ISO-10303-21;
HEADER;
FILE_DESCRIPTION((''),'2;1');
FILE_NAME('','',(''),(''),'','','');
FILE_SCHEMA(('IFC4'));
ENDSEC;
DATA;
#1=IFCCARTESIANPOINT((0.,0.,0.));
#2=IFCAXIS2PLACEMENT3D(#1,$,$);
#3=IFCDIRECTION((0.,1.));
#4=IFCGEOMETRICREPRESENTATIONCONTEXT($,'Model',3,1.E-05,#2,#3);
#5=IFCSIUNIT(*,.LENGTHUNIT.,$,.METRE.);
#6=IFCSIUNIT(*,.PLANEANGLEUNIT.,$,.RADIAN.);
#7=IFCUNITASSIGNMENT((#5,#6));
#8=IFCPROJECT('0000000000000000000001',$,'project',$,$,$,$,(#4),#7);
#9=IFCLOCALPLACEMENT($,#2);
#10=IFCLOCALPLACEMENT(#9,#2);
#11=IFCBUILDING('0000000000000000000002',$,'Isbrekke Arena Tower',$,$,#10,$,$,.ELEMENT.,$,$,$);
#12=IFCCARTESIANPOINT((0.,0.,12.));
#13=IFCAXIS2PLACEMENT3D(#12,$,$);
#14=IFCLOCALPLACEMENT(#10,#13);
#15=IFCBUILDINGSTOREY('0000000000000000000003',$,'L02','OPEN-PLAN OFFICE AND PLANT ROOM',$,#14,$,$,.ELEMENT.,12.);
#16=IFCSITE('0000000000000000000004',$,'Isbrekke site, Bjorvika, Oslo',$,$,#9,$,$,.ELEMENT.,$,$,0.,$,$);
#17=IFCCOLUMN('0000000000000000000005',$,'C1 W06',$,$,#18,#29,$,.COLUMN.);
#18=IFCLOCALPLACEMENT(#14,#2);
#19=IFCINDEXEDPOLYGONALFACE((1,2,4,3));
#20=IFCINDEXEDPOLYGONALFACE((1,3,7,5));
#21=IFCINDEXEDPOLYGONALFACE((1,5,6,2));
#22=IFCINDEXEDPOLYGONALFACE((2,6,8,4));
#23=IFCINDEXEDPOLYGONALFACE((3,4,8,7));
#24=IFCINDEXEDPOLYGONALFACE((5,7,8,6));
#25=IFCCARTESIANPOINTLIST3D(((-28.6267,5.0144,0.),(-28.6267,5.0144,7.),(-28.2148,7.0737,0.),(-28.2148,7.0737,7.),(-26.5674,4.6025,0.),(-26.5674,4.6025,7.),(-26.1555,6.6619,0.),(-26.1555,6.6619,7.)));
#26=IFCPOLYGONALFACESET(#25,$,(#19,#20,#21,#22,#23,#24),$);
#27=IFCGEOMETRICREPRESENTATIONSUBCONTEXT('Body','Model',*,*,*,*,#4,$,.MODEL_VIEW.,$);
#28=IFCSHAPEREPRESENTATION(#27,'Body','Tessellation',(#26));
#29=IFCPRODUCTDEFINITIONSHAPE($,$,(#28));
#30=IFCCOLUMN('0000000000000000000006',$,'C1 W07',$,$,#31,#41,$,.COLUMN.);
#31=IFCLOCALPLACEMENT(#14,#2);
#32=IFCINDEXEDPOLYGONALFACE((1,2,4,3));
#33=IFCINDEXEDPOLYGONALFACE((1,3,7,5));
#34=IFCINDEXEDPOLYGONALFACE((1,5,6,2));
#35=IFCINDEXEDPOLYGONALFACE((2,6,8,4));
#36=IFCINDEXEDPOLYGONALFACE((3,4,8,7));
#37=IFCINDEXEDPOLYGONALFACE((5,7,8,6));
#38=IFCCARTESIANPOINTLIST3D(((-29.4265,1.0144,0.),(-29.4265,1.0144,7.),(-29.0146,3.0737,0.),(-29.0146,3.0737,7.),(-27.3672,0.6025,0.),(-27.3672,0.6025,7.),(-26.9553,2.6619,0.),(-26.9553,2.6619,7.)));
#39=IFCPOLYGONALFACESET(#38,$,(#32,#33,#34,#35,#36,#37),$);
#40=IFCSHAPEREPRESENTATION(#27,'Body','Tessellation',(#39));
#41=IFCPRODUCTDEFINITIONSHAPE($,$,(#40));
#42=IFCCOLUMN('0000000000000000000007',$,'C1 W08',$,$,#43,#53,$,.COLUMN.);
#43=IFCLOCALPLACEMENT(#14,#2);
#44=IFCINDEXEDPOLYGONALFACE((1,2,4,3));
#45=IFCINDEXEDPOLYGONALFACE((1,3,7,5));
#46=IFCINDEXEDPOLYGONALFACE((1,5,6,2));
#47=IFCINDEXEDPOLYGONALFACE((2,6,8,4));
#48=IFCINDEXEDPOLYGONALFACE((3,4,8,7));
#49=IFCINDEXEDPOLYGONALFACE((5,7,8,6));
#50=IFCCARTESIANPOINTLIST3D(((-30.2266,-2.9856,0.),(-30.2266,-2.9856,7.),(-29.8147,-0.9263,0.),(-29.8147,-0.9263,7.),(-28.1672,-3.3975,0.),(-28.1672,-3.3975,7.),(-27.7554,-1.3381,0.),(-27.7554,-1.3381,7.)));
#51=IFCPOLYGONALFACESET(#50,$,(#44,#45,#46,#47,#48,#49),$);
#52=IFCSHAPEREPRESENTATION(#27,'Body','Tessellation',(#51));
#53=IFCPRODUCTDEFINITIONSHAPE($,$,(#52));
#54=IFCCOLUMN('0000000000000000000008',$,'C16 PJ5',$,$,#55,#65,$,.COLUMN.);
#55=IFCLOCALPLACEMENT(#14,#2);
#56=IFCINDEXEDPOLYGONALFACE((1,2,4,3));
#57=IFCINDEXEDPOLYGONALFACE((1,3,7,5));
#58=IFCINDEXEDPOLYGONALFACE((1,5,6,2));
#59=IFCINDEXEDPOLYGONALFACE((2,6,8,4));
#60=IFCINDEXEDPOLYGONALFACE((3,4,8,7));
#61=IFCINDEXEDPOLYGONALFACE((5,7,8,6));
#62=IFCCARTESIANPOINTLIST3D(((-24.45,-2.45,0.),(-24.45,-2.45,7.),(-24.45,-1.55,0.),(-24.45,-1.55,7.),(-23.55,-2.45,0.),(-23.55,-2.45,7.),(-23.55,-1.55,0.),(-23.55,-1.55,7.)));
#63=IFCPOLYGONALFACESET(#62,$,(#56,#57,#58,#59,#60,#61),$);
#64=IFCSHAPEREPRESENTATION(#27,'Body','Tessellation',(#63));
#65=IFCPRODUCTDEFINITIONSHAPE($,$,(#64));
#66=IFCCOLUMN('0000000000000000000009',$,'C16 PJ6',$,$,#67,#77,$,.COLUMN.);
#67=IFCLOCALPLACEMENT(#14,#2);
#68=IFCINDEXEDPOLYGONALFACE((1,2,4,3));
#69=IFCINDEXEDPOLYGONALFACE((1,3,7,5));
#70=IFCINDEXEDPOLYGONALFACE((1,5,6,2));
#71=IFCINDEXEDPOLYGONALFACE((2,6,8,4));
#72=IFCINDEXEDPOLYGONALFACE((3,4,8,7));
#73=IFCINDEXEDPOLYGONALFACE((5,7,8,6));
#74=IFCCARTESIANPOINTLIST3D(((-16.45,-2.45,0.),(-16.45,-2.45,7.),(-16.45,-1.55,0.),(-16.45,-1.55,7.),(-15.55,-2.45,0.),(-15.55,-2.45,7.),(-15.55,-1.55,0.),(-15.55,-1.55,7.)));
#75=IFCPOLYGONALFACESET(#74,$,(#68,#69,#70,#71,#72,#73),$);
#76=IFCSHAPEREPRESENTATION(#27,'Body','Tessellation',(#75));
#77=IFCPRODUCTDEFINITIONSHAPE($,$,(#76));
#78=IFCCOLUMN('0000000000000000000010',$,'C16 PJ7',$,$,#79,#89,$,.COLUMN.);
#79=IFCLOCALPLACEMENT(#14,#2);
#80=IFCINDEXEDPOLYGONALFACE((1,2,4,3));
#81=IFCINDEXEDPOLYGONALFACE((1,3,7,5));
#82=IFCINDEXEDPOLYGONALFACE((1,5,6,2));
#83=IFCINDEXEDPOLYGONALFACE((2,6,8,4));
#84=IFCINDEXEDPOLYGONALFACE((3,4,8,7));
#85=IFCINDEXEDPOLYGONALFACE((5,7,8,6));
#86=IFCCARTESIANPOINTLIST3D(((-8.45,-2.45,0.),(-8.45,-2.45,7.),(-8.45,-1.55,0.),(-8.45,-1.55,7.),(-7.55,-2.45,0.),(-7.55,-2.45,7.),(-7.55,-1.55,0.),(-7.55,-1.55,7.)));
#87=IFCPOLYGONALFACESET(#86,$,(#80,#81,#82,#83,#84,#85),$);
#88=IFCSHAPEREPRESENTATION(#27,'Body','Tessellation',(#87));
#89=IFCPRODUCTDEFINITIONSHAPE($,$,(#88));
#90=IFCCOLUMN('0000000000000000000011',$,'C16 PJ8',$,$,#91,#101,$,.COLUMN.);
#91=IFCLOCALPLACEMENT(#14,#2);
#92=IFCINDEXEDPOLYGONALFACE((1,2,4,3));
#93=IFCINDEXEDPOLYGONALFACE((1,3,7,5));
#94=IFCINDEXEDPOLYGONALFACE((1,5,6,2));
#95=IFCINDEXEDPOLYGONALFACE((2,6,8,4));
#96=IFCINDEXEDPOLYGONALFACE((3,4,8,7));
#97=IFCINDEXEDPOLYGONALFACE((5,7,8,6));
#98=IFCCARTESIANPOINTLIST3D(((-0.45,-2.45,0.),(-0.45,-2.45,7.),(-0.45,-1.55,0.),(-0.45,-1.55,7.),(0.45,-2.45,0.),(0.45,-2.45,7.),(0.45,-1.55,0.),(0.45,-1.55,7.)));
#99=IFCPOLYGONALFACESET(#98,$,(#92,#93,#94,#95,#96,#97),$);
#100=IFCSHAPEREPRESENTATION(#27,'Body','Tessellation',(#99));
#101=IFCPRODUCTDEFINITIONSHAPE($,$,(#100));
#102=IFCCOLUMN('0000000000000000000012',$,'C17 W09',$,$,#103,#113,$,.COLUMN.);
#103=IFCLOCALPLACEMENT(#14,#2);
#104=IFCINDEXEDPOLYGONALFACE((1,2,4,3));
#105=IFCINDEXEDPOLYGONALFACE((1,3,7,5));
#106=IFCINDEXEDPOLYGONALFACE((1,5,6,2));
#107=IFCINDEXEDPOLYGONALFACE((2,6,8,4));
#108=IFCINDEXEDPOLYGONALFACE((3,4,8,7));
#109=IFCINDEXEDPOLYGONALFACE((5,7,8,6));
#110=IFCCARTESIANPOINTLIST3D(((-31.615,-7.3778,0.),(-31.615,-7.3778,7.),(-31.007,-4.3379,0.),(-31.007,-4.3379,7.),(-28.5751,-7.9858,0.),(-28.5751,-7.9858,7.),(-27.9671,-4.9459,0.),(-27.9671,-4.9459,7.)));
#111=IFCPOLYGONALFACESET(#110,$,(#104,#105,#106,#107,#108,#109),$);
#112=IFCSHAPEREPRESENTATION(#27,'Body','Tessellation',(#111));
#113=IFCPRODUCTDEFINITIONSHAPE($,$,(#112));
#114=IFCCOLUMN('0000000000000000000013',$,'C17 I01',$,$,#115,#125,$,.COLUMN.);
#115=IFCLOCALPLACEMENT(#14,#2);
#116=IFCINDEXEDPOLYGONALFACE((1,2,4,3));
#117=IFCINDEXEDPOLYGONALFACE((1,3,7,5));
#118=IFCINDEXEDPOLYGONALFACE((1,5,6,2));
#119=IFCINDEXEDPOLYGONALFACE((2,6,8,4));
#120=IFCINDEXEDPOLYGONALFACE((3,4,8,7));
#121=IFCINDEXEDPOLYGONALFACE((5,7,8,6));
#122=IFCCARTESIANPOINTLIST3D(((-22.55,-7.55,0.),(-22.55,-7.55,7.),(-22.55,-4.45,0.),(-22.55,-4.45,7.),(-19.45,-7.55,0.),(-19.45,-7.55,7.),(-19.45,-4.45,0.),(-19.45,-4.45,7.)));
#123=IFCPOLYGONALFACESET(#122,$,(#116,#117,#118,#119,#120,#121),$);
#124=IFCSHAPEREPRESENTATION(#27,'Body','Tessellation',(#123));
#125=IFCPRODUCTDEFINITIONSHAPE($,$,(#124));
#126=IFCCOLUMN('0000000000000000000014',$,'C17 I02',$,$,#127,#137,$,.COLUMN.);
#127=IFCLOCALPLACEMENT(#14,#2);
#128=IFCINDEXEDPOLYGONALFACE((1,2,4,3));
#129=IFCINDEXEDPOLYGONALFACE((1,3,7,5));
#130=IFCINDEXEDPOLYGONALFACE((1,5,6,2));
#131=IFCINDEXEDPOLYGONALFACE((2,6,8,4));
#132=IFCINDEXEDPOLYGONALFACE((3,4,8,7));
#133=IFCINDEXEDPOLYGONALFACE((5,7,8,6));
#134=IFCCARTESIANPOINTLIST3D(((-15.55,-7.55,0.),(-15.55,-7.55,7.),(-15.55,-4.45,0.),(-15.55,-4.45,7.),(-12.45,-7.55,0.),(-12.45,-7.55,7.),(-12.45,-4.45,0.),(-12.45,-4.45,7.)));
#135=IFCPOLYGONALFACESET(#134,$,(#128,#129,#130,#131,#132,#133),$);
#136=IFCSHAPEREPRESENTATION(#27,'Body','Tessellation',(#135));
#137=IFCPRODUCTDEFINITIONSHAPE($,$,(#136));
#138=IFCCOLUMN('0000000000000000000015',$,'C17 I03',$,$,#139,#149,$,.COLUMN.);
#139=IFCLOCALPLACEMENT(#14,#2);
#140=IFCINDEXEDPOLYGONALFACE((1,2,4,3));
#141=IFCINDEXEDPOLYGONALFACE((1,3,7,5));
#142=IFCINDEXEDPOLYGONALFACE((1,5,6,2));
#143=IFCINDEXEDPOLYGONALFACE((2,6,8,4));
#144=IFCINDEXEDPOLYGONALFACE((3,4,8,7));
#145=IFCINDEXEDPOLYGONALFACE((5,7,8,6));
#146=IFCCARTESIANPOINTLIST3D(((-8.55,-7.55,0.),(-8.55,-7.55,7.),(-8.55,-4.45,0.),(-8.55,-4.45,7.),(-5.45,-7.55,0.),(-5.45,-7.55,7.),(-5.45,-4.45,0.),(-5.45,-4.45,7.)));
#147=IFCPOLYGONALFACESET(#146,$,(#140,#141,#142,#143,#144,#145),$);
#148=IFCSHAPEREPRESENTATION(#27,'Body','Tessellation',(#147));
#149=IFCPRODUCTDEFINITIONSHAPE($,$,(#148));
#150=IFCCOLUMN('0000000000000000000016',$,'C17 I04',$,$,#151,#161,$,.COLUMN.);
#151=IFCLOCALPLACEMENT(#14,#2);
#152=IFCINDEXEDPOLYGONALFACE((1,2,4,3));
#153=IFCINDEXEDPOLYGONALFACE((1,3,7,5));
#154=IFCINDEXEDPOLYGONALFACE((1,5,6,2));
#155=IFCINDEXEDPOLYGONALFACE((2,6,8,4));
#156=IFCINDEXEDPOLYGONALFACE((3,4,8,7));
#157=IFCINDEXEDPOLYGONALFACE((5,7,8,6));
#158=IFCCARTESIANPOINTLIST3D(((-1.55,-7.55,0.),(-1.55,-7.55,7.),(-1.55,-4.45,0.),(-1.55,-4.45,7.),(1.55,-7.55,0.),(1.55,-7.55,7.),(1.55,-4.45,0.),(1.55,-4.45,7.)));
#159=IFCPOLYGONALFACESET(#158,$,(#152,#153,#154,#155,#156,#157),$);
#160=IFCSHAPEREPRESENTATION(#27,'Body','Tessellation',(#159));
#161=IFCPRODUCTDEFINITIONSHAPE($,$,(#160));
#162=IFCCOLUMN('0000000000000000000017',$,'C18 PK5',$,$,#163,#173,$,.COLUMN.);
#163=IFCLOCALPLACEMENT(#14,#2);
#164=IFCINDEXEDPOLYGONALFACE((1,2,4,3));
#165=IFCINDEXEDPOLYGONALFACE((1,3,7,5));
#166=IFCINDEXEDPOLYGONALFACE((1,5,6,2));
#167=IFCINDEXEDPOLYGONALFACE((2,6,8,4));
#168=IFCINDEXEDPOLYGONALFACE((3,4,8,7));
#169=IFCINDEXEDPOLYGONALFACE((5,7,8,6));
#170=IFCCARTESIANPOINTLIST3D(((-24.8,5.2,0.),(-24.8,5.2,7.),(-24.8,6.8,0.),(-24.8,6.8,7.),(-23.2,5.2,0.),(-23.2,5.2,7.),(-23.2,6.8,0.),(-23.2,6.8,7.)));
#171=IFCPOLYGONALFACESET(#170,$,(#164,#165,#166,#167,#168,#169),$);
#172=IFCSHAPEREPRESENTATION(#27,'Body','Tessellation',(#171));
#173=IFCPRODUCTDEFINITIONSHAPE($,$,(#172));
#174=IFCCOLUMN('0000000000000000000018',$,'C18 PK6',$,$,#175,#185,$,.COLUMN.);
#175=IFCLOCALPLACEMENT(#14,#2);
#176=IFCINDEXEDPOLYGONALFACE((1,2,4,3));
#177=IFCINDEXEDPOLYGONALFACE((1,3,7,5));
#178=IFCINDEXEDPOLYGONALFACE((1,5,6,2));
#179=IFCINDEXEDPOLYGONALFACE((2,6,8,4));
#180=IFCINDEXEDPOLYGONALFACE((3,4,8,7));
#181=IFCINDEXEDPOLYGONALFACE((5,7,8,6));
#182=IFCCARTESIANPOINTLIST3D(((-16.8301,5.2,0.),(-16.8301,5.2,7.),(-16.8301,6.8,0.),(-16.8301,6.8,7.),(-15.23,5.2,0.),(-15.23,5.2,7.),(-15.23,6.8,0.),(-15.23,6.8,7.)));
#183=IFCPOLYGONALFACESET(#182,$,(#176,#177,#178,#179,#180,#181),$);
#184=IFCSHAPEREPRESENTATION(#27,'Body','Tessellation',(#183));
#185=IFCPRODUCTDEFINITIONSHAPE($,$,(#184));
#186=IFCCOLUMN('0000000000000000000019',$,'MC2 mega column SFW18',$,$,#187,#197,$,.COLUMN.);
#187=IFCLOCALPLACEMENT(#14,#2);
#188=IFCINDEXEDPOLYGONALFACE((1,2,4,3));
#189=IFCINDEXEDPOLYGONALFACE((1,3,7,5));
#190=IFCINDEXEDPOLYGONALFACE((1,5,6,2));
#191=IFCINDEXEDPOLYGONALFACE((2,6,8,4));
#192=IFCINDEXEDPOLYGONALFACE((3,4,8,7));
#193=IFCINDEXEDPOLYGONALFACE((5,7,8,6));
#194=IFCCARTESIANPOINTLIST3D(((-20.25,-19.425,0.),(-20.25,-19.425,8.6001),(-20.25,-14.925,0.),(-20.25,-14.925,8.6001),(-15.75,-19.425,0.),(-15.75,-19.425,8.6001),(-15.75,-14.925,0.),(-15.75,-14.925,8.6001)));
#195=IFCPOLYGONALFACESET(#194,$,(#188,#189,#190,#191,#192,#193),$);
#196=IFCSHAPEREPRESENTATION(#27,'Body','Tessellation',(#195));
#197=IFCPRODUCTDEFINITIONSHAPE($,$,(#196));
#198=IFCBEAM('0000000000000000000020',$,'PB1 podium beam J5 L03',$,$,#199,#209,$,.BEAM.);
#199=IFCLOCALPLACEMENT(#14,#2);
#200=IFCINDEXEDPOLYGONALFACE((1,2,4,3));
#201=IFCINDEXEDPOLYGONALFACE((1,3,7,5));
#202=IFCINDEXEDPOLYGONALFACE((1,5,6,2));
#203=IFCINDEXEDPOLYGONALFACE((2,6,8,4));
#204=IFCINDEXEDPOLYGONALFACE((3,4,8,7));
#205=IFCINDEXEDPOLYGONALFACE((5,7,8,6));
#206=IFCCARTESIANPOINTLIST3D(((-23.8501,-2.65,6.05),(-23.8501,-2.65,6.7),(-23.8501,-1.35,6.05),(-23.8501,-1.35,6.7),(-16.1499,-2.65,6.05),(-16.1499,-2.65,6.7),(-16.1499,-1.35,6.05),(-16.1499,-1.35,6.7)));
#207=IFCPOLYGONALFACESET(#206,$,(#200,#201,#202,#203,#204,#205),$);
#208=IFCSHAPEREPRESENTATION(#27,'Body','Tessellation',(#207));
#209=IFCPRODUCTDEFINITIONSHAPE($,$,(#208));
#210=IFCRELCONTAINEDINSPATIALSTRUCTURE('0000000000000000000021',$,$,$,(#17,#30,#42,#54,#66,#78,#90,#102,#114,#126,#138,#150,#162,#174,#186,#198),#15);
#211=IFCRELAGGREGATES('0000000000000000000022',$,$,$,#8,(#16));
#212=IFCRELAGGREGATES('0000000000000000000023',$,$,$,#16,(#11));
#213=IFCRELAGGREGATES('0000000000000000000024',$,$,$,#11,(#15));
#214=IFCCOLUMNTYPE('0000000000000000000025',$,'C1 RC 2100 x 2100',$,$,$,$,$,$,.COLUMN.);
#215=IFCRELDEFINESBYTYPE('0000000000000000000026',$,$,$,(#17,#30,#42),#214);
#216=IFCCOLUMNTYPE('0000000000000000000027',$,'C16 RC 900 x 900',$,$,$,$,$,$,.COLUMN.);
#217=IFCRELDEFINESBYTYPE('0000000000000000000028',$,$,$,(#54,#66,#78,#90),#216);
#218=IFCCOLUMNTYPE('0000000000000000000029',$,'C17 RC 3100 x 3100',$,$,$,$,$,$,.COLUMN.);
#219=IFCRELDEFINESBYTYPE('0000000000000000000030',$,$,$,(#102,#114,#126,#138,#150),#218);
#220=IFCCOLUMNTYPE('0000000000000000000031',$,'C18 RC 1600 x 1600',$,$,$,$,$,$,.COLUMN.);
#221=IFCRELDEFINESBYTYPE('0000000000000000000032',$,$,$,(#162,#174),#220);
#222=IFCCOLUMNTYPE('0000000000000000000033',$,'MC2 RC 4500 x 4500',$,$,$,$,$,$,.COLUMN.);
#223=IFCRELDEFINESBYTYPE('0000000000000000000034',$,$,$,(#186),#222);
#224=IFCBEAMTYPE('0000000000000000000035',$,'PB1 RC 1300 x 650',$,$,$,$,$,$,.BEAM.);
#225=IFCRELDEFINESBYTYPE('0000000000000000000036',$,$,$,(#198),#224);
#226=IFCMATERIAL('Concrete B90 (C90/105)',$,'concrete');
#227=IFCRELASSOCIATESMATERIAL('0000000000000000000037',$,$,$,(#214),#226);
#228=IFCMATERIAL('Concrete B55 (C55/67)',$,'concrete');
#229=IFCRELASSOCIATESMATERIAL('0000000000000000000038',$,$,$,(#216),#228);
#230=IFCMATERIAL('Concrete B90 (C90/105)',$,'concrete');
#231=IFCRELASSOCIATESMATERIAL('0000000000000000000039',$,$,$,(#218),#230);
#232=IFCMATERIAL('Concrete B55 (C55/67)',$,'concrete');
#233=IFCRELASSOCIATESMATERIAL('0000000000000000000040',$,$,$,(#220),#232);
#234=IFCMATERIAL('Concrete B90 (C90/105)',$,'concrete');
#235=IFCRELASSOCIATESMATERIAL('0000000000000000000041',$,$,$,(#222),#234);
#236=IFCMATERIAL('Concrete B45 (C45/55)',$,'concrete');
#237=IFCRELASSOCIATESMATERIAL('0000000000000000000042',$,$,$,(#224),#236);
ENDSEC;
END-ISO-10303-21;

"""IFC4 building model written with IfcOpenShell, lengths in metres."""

from ifc_helpers import new_model, si_unit, direction, frame, origin, origin_2d, place, context, subcontext, project, spatial, rectangle, extrude, material, material_profile, profile_set, type_object, element, save


model = new_model("IFC4")

# Units and contexts
model_context = context("Model", 3, precision=1e-05, world=origin(), true_north=direction((0.0, 1.0)))
body_context = subcontext(model_context, "Body", "Model", "MODEL_VIEW")
ifc_project = project(units=[si_unit("LENGTHUNIT", "METRE"), si_unit("PLANEANGLEUNIT", "RADIAN")], contexts=[model_context])

# Site, building, storey
site_placement = place(None, origin())
site = spatial("IfcSite", under=ifc_project, at=site_placement, Name="Isbrekke site, Bjorvika, Oslo", CompositionType="ELEMENT", RefElevation=0.0)
building_placement = place(site_placement, origin())
building = spatial("IfcBuilding", under=site, at=building_placement, Name="Isbrekke Arena Tower", CompositionType="ELEMENT")
storey_placement = place(building_placement, frame((0.0, 0.0, 12.0)))
storey = spatial("IfcBuildingStorey", under=building, at=storey_placement, Name="L02", Description="OPEN-PLAN OFFICE AND PLANT ROOM", CompositionType="ELEMENT", Elevation=12.0)

# Columns
ifc_material_1 = material(Name="Concrete B90 (C90/105)", Category="concrete")
ifc_material_profile_1 = material_profile(ifc_material_1, rectangle(XDim=2.1001, YDim=2.1001, at=origin_2d()), Name="RC 2100x2100")
ifc_profile_set_1 = profile_set([ifc_material_profile_1], Name="Concrete B90 (C90/105)")
column_type_1 = type_object("IfcColumnType", Name="C1 RC 2100 x 2100", PredefinedType="COLUMN", material=ifc_profile_set_1)
for number, where, z_axis, x_axis, name in (
    (1, (-27.3911, 5.8381, 0.0), (0.0, 0.0, 1.0), (-0.196116, -0.980581, 0.0), "C1 W06"),
    (2, (-28.1909, 1.8381, 0.0), (0.0, 0.0, 1.0), (-0.196116, -0.980581, 0.0), "C1 W07"),
    (3, (-28.991, -2.1619, 0.0), (0.0, 0.0, 1.0), (-0.196116, -0.980581, 0.0), "C1 W08"),
):
    element("IfcColumn", number, at=place(storey_placement, frame(where, z_axis=z_axis, x_axis=x_axis)), inside=storey, type_object=column_type_1, Name=name, PredefinedType="COLUMN", context=body_context, shape_type="SweptSolid", body=[
        extrude(rectangle(XDim=2.1001, YDim=2.1001, at=origin_2d()), origin(), (0.0, 0.0, 1.0), 7.0),
    ])
ifc_material_2 = material(Name="Concrete B55 (C55/67)", Category="concrete")
ifc_material_profile_2 = material_profile(ifc_material_2, rectangle(XDim=0.8999, YDim=0.8999, at=origin_2d()), Name="RC 900x900")
ifc_profile_set_2 = profile_set([ifc_material_profile_2], Name="Concrete B55 (C55/67)")
column_type_2 = type_object("IfcColumnType", Name="C16 RC 900 x 900", PredefinedType="COLUMN", material=ifc_profile_set_2)
for number, where, z_axis, x_axis, name in (
    (4, (-24.0, -2.0, 0.0), (0.0, 0.0, 1.0), (1.0, 0.0, 0.0), "C16 PJ5"),
    (5, (-16.0, -2.0, 0.0), (0.0, 0.0, 1.0), (1.0, 0.0, 0.0), "C16 PJ6"),
    (6, (-8.0, -2.0, 0.0), (0.0, 0.0, 1.0), (1.0, 0.0, 0.0), "C16 PJ7"),
    (7, (0.0, -2.0, 0.0), (0.0, 0.0, 1.0), (1.0, 0.0, 0.0), "C16 PJ8"),
):
    element("IfcColumn", number, at=place(storey_placement, frame(where, z_axis=z_axis, x_axis=x_axis)), inside=storey, type_object=column_type_2, Name=name, PredefinedType="COLUMN", context=body_context, shape_type="SweptSolid", body=[
        extrude(rectangle(XDim=0.8999, YDim=0.8999, at=origin_2d()), origin(), (0.0, 0.0, 1.0), 7.0),
    ])
ifc_material_3 = material(Name="Concrete B90 (C90/105)", Category="concrete")
ifc_material_profile_3 = material_profile(ifc_material_3, rectangle(XDim=3.1001, YDim=3.1001, at=origin_2d()), Name="RC 3100x3100")
ifc_profile_set_3 = profile_set([ifc_material_profile_3], Name="Concrete B90 (C90/105)")
column_type_3 = type_object("IfcColumnType", Name="C17 RC 3100 x 3100", PredefinedType="COLUMN", material=ifc_profile_set_3)
for number, where, z_axis, x_axis, name in (
    (8, (-29.791, -6.1619, 0.0), (0.0, 0.0, 1.0), (-0.196116, -0.980581, 0.0), "C17 W09"),
    (9, (-21.0, -6.0, 0.0), (0.0, 0.0, 1.0), (1.0, 0.0, 0.0), "C17 I01"),
    (10, (-14.0, -6.0, 0.0), (0.0, 0.0, 1.0), (1.0, 0.0, 0.0), "C17 I02"),
    (11, (-7.0, -6.0, 0.0), (0.0, 0.0, 1.0), (1.0, 0.0, 0.0), "C17 I03"),
    (12, (0.0, -6.0, 0.0), (0.0, 0.0, 1.0), (1.0, 0.0, 0.0), "C17 I04"),
):
    element("IfcColumn", number, at=place(storey_placement, frame(where, z_axis=z_axis, x_axis=x_axis)), inside=storey, type_object=column_type_3, Name=name, PredefinedType="COLUMN", context=body_context, shape_type="SweptSolid", body=[
        extrude(rectangle(XDim=3.1001, YDim=3.1001, at=origin_2d()), origin(), (0.0, 0.0, 1.0), 7.0),
    ])
ifc_material_4 = material(Name="Concrete B55 (C55/67)", Category="concrete")
ifc_material_profile_4 = material_profile(ifc_material_4, rectangle(XDim=1.6001, YDim=1.6001, at=origin_2d()), Name="RC 1600x1600")
ifc_profile_set_4 = profile_set([ifc_material_profile_4], Name="Concrete B55 (C55/67)")
column_type_4 = type_object("IfcColumnType", Name="C18 RC 1600 x 1600", PredefinedType="COLUMN", material=ifc_profile_set_4)
for number, where, z_axis, x_axis, name in (
    (13, (-24.0, 6.0, 0.0), (0.0, 0.0, 1.0), (1.0, 0.0, 0.0), "C18 PK5"),
    (14, (-16.03, 6.0, 0.0), (0.0, 0.0, 1.0), (1.0, 0.0, 0.0), "C18 PK6"),
):
    element("IfcColumn", number, at=place(storey_placement, frame(where, z_axis=z_axis, x_axis=x_axis)), inside=storey, type_object=column_type_4, Name=name, PredefinedType="COLUMN", context=body_context, shape_type="SweptSolid", body=[
        extrude(rectangle(XDim=1.6001, YDim=1.6001, at=origin_2d()), origin(), (0.0, 0.0, 1.0), 7.0),
    ])
ifc_material_5 = material(Name="Concrete B90 (C90/105)", Category="concrete")
ifc_material_profile_5 = material_profile(ifc_material_5, rectangle(XDim=4.5, YDim=4.5, at=origin_2d()), Name="RC 4500x4500")
ifc_profile_set_5 = profile_set([ifc_material_profile_5], Name="Concrete B90 (C90/105)")
column_type_5 = type_object("IfcColumnType", Name="MC2 RC 4500 x 4500", PredefinedType="COLUMN", material=ifc_profile_set_5)
column_placement = place(storey_placement, frame((-18.0, -17.175, 0.0), z_axis=(0.0, 0.0, 1.0), x_axis=(1.0, 0.0, 0.0)))
element("IfcColumn", 15, at=column_placement, inside=storey, type_object=column_type_5, Name="MC2 mega column SFW18", PredefinedType="COLUMN", context=body_context, shape_type="SweptSolid", body=[
    extrude(rectangle(XDim=4.5, YDim=4.5, at=origin_2d()), origin(), (0.0, 0.0, 1.0), 8.6001),
])

# Beam
ifc_material_6 = material(Name="Concrete B45 (C45/55)", Category="concrete")
ifc_material_profile_6 = material_profile(ifc_material_6, rectangle(XDim=1.3, YDim=0.6499, at=origin_2d()), Name="RC 1300x650")
ifc_profile_set_6 = profile_set([ifc_material_profile_6], Name="Concrete B45 (C45/55)")
beam_type = type_object("IfcBeamType", Name="PB1 RC 1300 x 650", PredefinedType="BEAM", material=ifc_profile_set_6)
for number, where, z_axis, x_axis, name in (
    (16, (-23.8501, -2.0, 6.375), (1.0, 0.0, 0.0), (0.0, 1.0, 0.0), "PB1 podium beam J5 L03"),
):
    element("IfcBeam", number, at=place(storey_placement, frame(where, z_axis=z_axis, x_axis=x_axis)), inside=storey, type_object=beam_type, Name=name, PredefinedType="BEAM", context=body_context, shape_type="SweptSolid", body=[
        extrude(rectangle(XDim=1.3, YDim=0.6499, at=origin_2d()), origin(), (0.0, 0.0, 1.0), 7.7002),
    ])

save(model, "model.ifc")
